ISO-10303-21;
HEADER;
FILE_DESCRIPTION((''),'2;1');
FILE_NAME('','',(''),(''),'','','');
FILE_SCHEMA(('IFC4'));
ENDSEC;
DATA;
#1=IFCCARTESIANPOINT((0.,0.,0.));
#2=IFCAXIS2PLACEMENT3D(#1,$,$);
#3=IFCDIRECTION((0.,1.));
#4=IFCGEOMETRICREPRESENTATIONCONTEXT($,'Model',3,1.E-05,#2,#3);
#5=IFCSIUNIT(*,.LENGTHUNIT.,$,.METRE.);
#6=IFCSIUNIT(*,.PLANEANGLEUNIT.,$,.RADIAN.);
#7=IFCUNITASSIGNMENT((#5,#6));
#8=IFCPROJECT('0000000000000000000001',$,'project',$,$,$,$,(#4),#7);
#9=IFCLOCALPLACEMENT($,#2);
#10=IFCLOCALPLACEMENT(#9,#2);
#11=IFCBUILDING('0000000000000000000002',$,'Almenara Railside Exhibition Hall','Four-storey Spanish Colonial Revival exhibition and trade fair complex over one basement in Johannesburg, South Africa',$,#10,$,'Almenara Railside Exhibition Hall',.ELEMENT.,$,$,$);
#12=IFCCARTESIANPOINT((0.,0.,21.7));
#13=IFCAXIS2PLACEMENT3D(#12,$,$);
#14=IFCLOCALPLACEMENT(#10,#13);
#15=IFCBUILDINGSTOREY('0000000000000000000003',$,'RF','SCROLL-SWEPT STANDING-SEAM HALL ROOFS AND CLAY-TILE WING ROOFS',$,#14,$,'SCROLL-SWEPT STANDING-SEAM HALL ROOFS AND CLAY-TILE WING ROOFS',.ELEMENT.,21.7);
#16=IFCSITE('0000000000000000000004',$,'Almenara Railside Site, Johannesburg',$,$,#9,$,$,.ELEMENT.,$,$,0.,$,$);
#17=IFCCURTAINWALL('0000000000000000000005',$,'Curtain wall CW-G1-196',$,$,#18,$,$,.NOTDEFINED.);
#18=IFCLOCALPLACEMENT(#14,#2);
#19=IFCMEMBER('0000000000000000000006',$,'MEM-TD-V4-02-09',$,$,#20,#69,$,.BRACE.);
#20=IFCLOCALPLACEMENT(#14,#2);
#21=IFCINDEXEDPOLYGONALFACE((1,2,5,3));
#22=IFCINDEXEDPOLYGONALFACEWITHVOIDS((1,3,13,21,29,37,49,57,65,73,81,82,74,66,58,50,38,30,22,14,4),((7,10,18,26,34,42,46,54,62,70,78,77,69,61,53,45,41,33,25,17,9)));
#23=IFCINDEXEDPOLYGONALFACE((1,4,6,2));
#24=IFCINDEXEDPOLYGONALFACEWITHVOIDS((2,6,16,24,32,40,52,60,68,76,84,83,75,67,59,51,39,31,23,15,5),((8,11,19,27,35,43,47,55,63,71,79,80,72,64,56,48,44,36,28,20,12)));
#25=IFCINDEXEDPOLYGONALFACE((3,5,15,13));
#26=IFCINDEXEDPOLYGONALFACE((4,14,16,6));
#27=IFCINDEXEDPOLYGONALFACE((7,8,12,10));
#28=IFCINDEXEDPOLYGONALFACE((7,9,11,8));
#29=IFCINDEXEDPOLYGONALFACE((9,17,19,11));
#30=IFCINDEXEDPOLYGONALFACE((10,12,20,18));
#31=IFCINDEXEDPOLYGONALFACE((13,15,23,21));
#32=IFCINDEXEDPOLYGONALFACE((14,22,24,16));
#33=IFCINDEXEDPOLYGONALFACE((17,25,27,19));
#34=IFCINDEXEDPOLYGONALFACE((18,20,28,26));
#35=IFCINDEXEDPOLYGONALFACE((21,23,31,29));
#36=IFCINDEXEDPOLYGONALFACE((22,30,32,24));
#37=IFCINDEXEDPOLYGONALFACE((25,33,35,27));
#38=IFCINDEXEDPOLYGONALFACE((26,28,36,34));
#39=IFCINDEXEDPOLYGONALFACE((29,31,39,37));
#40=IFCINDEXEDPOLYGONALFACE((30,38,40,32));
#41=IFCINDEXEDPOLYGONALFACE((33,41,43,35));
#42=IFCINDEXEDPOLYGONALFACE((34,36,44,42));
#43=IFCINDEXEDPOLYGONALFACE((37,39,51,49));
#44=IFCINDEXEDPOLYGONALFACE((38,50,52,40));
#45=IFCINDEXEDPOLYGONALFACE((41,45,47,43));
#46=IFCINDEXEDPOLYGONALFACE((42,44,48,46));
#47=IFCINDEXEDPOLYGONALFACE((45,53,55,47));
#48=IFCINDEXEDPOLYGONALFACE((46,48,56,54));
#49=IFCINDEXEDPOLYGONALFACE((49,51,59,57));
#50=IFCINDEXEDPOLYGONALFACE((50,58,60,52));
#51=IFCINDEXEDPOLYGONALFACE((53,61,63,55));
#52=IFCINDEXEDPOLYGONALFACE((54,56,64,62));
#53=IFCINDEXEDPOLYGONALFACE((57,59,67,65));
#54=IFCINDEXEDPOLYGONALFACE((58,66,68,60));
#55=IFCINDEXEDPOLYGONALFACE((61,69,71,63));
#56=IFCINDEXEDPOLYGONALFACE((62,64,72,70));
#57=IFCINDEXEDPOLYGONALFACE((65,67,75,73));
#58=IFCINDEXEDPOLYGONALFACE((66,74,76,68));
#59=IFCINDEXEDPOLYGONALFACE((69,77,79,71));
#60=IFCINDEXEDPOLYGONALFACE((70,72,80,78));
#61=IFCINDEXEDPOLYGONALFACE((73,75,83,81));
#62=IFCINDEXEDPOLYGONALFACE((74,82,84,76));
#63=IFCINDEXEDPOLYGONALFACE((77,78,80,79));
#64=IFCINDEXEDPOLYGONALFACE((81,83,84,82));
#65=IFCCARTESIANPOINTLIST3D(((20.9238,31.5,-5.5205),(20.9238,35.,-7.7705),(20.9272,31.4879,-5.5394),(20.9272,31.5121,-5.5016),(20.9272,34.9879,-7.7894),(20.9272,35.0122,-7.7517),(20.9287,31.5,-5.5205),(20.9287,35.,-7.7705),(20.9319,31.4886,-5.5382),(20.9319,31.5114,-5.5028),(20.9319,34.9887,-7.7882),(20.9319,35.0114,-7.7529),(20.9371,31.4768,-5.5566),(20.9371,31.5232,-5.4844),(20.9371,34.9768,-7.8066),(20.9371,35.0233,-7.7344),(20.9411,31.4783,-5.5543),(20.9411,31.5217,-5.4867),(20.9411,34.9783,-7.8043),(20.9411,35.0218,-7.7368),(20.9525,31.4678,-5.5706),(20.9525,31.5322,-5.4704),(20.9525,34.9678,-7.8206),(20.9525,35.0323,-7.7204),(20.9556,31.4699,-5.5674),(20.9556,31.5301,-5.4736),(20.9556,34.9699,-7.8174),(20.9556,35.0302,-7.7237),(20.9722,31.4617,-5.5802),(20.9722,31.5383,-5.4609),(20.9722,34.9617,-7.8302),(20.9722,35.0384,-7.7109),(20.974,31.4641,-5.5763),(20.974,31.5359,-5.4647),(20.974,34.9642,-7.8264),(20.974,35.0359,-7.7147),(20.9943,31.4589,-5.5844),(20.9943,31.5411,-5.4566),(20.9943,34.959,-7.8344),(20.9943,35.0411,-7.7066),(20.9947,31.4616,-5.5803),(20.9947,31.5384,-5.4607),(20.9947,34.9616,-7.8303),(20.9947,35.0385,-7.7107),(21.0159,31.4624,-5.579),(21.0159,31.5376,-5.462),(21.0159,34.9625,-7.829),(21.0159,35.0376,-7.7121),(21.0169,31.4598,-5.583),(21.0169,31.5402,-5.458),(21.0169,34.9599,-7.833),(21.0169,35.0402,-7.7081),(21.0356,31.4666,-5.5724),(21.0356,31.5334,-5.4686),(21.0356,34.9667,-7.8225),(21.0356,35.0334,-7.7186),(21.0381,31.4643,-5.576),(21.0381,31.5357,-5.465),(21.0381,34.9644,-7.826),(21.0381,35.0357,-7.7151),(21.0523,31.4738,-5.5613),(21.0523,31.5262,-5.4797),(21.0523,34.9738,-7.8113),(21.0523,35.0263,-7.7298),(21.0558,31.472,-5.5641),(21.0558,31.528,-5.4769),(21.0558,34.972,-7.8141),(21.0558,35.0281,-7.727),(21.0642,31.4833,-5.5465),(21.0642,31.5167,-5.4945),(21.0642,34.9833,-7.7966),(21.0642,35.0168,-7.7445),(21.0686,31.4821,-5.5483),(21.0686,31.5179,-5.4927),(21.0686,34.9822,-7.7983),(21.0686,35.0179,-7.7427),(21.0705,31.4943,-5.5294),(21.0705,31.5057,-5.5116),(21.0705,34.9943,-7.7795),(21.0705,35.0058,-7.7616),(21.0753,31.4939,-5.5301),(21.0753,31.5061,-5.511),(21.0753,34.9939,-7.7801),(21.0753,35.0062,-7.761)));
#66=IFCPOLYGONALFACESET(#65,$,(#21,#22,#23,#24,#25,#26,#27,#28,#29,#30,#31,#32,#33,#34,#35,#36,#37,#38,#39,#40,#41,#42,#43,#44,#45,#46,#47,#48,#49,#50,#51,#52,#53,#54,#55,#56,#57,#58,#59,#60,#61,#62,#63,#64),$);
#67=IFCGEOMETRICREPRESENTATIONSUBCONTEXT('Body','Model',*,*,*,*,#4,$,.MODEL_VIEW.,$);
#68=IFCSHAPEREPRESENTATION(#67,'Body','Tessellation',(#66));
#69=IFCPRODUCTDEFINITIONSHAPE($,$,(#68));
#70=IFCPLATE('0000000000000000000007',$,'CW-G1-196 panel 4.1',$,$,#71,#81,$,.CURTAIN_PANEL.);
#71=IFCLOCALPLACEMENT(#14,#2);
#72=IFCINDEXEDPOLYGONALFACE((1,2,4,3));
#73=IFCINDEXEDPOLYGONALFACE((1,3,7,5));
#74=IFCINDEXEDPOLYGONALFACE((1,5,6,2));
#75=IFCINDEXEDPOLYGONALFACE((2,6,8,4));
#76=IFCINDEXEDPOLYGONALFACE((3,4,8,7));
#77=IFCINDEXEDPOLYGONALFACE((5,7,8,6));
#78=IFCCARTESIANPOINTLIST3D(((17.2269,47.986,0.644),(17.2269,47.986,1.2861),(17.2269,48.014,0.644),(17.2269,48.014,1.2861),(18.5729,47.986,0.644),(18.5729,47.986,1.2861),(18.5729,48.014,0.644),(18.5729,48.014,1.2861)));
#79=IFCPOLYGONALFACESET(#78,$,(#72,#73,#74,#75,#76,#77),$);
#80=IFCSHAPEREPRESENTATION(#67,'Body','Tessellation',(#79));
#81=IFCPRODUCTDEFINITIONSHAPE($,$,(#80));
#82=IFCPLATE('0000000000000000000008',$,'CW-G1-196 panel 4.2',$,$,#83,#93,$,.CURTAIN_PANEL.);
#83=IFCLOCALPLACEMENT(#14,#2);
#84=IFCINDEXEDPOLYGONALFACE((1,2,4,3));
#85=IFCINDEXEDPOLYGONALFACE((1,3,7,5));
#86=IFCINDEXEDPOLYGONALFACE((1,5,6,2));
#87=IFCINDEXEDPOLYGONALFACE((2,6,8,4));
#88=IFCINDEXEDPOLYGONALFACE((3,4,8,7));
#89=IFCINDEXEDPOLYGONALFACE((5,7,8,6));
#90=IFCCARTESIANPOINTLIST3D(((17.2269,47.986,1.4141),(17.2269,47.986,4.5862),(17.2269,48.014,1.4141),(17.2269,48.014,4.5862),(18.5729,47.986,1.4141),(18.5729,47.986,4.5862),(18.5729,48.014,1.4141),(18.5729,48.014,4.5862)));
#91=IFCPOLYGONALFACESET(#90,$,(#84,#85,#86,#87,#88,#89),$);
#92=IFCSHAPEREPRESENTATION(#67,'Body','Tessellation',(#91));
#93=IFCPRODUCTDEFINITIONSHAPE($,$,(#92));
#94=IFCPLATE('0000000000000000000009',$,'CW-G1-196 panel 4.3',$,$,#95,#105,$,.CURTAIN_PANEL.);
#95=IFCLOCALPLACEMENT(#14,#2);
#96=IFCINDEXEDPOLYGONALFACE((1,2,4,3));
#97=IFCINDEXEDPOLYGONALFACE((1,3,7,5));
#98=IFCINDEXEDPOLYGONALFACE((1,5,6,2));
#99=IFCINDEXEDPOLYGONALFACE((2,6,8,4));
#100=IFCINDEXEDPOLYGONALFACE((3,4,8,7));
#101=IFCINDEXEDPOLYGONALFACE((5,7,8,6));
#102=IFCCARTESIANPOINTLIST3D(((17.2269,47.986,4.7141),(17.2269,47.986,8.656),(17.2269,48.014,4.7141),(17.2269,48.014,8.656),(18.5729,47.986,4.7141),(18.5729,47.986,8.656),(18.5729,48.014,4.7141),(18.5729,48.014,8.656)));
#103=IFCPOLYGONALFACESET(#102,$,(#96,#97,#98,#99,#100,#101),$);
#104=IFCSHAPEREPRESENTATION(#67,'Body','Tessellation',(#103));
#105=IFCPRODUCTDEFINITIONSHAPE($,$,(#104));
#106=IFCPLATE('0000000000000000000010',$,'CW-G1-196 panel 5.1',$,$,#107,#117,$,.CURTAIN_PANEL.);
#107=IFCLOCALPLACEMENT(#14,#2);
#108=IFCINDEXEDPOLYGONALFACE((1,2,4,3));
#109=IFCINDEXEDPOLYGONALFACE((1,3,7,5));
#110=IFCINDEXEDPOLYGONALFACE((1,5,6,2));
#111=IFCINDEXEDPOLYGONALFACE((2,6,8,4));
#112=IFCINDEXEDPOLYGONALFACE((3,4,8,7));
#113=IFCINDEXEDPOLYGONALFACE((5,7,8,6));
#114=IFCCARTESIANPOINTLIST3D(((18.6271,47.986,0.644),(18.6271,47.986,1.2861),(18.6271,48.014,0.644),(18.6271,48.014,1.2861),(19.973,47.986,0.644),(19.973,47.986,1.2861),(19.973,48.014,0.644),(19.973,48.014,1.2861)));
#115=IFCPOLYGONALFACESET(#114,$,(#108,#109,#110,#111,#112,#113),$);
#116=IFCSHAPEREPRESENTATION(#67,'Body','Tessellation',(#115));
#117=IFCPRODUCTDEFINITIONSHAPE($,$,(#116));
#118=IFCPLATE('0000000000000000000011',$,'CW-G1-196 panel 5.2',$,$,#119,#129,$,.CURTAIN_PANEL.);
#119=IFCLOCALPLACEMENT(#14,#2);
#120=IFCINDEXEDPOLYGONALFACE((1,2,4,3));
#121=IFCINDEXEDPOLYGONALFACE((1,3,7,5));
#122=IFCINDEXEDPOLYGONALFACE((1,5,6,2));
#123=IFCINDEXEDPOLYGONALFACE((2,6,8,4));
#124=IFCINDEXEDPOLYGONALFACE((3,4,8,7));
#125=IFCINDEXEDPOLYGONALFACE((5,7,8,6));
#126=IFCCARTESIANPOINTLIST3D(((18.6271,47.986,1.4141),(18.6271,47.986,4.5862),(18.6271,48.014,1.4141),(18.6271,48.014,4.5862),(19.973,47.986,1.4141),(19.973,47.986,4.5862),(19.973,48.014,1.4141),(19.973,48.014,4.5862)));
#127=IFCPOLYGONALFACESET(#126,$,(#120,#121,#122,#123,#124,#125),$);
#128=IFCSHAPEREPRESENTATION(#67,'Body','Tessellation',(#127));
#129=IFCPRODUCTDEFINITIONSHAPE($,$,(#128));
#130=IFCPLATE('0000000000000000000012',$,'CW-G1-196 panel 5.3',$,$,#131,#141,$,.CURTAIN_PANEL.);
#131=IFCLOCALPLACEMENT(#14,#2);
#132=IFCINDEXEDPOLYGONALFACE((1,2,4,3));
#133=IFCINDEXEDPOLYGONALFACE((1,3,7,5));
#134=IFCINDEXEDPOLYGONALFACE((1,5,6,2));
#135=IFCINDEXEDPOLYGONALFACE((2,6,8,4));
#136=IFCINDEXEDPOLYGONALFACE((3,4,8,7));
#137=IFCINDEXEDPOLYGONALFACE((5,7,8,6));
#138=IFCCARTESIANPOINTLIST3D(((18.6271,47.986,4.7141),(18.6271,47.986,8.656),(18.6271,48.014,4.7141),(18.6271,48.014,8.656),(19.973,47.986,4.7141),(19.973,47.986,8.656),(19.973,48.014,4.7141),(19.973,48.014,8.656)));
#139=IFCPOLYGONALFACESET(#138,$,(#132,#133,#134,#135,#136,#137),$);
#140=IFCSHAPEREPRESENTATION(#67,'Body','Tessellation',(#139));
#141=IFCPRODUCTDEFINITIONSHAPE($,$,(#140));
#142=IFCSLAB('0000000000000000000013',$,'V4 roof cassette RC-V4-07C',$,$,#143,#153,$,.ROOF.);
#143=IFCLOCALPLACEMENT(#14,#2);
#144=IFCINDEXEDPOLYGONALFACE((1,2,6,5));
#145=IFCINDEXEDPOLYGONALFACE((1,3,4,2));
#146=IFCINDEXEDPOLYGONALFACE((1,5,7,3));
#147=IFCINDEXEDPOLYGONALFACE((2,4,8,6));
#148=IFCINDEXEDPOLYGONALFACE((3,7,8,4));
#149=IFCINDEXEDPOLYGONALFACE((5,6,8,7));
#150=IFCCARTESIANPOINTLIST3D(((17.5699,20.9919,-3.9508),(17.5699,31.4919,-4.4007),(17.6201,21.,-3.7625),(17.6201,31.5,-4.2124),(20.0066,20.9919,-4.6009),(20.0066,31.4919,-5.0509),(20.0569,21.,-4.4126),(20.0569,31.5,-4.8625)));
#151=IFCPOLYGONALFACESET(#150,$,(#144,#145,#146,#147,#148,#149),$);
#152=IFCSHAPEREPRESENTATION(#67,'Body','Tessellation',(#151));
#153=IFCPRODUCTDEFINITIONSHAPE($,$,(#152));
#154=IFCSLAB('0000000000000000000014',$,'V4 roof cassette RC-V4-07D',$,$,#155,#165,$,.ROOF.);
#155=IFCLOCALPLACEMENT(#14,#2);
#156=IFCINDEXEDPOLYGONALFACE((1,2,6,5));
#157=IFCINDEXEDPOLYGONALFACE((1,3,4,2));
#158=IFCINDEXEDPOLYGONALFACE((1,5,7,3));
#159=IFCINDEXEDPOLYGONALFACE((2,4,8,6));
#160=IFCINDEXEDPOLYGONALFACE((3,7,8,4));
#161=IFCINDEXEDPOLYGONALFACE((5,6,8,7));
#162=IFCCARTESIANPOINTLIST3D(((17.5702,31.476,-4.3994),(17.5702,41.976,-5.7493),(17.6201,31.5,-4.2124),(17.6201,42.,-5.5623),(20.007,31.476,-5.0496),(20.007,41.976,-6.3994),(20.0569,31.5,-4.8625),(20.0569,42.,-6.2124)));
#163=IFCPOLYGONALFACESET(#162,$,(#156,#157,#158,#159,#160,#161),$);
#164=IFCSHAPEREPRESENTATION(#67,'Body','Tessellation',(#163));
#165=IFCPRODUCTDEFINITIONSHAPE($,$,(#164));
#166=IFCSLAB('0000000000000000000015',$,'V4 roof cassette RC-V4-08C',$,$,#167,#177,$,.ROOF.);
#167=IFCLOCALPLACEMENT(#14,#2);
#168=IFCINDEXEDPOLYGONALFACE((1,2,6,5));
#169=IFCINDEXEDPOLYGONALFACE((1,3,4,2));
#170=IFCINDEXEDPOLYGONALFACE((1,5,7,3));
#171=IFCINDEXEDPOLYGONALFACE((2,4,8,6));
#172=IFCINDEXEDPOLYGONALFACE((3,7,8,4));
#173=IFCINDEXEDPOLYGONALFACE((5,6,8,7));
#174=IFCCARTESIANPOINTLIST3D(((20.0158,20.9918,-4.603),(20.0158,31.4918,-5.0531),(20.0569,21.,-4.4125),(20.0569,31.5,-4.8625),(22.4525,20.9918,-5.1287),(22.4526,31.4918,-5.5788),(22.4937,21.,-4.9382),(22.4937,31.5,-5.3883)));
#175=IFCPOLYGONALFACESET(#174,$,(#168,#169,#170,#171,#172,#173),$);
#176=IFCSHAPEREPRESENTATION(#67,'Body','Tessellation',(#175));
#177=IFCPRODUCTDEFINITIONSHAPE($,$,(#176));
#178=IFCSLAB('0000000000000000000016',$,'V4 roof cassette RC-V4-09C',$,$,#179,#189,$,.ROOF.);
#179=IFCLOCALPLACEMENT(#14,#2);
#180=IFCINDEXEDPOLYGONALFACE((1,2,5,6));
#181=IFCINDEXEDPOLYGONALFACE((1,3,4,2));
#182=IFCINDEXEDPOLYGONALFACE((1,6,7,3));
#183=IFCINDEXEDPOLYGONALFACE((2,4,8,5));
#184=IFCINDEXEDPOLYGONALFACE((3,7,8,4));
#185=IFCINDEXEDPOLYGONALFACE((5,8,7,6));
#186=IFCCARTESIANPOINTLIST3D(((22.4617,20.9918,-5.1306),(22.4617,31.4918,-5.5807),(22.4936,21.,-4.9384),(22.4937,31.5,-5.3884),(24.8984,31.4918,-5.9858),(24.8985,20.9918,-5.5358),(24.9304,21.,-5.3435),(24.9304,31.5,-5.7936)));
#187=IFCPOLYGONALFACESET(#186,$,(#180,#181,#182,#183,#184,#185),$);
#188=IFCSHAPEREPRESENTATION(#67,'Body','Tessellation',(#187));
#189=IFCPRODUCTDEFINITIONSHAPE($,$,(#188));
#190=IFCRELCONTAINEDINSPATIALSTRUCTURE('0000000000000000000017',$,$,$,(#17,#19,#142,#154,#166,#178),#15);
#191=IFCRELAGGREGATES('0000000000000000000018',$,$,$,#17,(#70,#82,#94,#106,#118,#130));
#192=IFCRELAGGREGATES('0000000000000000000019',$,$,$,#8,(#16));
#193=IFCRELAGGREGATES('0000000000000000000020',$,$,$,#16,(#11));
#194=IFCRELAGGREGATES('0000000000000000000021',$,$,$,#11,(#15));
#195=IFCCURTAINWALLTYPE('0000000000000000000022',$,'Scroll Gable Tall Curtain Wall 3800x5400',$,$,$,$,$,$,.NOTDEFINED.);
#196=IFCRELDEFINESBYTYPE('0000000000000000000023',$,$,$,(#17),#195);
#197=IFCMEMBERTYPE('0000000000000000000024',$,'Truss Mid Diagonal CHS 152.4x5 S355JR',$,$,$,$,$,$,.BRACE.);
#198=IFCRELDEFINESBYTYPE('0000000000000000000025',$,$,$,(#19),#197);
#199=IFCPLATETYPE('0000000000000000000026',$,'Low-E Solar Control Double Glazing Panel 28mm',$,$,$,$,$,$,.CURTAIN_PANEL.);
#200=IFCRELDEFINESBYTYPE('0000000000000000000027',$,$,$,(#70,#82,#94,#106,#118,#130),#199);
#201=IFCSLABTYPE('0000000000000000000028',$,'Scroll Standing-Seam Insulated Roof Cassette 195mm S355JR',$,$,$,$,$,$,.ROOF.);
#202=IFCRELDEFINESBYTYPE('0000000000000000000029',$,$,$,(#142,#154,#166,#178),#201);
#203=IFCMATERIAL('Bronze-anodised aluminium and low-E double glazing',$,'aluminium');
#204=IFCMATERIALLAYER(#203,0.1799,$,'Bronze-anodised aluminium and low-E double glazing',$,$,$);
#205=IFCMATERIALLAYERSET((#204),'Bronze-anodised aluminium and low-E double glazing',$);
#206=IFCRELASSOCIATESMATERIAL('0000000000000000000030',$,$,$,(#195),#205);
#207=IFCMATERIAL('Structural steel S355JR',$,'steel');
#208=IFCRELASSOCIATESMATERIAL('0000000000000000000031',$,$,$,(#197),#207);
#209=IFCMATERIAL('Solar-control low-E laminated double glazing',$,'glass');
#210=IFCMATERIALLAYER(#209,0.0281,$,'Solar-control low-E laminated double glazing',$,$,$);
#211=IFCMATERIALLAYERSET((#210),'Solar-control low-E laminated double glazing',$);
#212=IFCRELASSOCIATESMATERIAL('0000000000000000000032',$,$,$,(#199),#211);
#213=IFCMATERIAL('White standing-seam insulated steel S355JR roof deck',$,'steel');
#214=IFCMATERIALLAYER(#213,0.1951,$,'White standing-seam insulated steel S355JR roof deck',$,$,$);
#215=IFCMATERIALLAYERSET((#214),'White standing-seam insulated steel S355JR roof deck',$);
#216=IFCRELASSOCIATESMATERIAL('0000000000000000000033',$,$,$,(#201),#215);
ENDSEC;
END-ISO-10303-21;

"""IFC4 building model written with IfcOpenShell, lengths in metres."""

from ifc_helpers import new_model, si_unit, direction, frame, origin, origin_2d, place, context, subcontext, project, spatial, polyline, rectangle, hollow_circle, outline, extrude, material, layer, layer_set, material_profile, profile_set, type_object, element, aggregate, save


model = new_model("IFC4")

# Units and contexts
model_context = context("Model", 3, precision=1e-05, world=origin(), true_north=direction((0.0, 1.0)))
body_context = subcontext(model_context, "Body", "Model", "MODEL_VIEW")
ifc_project = project(units=[si_unit("LENGTHUNIT", "METRE"), si_unit("PLANEANGLEUNIT", "RADIAN")], contexts=[model_context])

# Site, building, storey
site_placement = place(None, origin())
site = spatial("IfcSite", under=ifc_project, at=site_placement, Name="Almenara Railside Site, Johannesburg", CompositionType="ELEMENT", RefElevation=0.0)
building_placement = place(site_placement, origin())
building = spatial("IfcBuilding", under=site, at=building_placement, Name="Almenara Railside Exhibition Hall", Description="Four-storey Spanish Colonial Revival exhibition and trade fair complex over one basement in Johannesburg, South Africa", LongName="Almenara Railside Exhibition Hall", CompositionType="ELEMENT")
storey_placement = place(building_placement, frame((0.0, 0.0, 21.7)))
storey = spatial("IfcBuildingStorey", under=building, at=storey_placement, Name="RF", Description="SCROLL-SWEPT STANDING-SEAM HALL ROOFS AND CLAY-TILE WING ROOFS", LongName="SCROLL-SWEPT STANDING-SEAM HALL ROOFS AND CLAY-TILE WING ROOFS", CompositionType="ELEMENT", Elevation=21.7)

# Curtain wall
ifc_material_1 = material(Name="Bronze-anodised aluminium and low-E double glazing", Category="aluminium")
ifc_layer_1 = layer(ifc_material_1, 0.1799, Name="Bronze-anodised aluminium and low-E double glazing")
ifc_layer_set_1 = layer_set([ifc_layer_1], Name="Bronze-anodised aluminium and low-E double glazing")
curtain_wall_type = type_object("IfcCurtainWallType", Name="Scroll Gable Tall Curtain Wall 3800x5400", PredefinedType="NOTDEFINED", material=ifc_layer_set_1)
curtain_wall_placement = place(storey_placement, origin())
curtain_wall = element("IfcCurtainWall", 1, at=curtain_wall_placement, inside=storey, type_object=curtain_wall_type, Name="Curtain wall CW-G1-196", PredefinedType="NOTDEFINED")

# Member
ifc_material_2 = material(Name="Structural steel S355JR", Category="steel")
ifc_material_profile_1 = material_profile(ifc_material_2, hollow_circle(Radius=0.0762, WallThickness=0.0049, at=origin_2d()), Name="CHS 152.4x5")
ifc_profile_set_1 = profile_set([ifc_material_profile_1], Name="Structural steel S355JR")
member_type_1 = type_object("IfcMemberType", Name="Truss Mid Diagonal CHS 152.4x5 S355JR", PredefinedType="BRACE", material=ifc_profile_set_1)
member_1_placement = place(storey_placement, frame((21.0, 31.5, -5.5205), z_axis=(0.0, 0.841178, -0.540758), x_axis=(-1.0, 0.0, 0.0)))
element("IfcMember", 2, at=member_1_placement, inside=storey, type_object=member_type_1, Name="MEM-TD-V4-02-09", PredefinedType="BRACE", context=body_context, shape_type="SweptSolid", body=[
    extrude(hollow_circle(Radius=0.0762, WallThickness=0.0049, at=origin_2d()), origin(), (0.0, 0.0, 1.0), 4.1609),
])

# Plates
ifc_material_3 = material(Name="Solar-control low-E laminated double glazing", Category="glass")
ifc_layer_2 = layer(ifc_material_3, 0.0281, Name="Solar-control low-E laminated double glazing")
ifc_layer_set_2 = layer_set([ifc_layer_2], Name="Solar-control low-E laminated double glazing")
plate_type_1 = type_object("IfcPlateType", Name="Low-E Solar Control Double Glazing Panel 28mm", PredefinedType="CURTAIN_PANEL", material=ifc_layer_set_2)
plate_1_placement = place(storey_placement, frame((17.8999, 48.0, 0.644), z_axis=(0.0, 0.0, 1.0), x_axis=(1.0, 0.0, 0.0)))
plate_1 = element("IfcPlate", 3, at=plate_1_placement, type_object=plate_type_1, Name="CW-G1-196 panel 4.1", PredefinedType="CURTAIN_PANEL", context=body_context, shape_type="SweptSolid", body=[
    extrude(rectangle(XDim=1.3459, YDim=0.0281, at=origin_2d()), origin(), (0.0, 0.0, 1.0), 0.6421),
])
plate_2_placement = place(storey_placement, frame((17.8999, 48.0, 1.4141), z_axis=(0.0, 0.0, 1.0), x_axis=(1.0, 0.0, 0.0)))
plate_2 = element("IfcPlate", 4, at=plate_2_placement, type_object=plate_type_1, Name="CW-G1-196 panel 4.2", PredefinedType="CURTAIN_PANEL", context=body_context, shape_type="SweptSolid", body=[
    extrude(rectangle(XDim=1.3459, YDim=0.0281, at=origin_2d()), origin(), (0.0, 0.0, 1.0), 3.1721),
])
plate_3_placement = place(storey_placement, frame((17.8999, 48.0, 4.7141), z_axis=(0.0, 0.0, 1.0), x_axis=(1.0, 0.0, 0.0)))
plate_3 = element("IfcPlate", 5, at=plate_3_placement, type_object=plate_type_1, Name="CW-G1-196 panel 4.3", PredefinedType="CURTAIN_PANEL", context=body_context, shape_type="SweptSolid", body=[
    extrude(rectangle(XDim=1.3459, YDim=0.0281, at=origin_2d()), origin(), (0.0, 0.0, 1.0), 3.9419),
])
plate_4_placement = place(storey_placement, frame((19.3, 48.0, 0.644), z_axis=(0.0, 0.0, 1.0), x_axis=(1.0, 0.0, 0.0)))
plate_4 = element("IfcPlate", 6, at=plate_4_placement, type_object=plate_type_1, Name="CW-G1-196 panel 5.1", PredefinedType="CURTAIN_PANEL", context=body_context, shape_type="SweptSolid", body=[
    extrude(rectangle(XDim=1.3459, YDim=0.0281, at=origin_2d()), origin(), (0.0, 0.0, 1.0), 0.6421),
])
plate_5_placement = place(storey_placement, frame((19.3, 48.0, 1.4141), z_axis=(0.0, 0.0, 1.0), x_axis=(1.0, 0.0, 0.0)))
plate_5 = element("IfcPlate", 7, at=plate_5_placement, type_object=plate_type_1, Name="CW-G1-196 panel 5.2", PredefinedType="CURTAIN_PANEL", context=body_context, shape_type="SweptSolid", body=[
    extrude(rectangle(XDim=1.3459, YDim=0.0281, at=origin_2d()), origin(), (0.0, 0.0, 1.0), 3.1721),
])
plate_6_placement = place(storey_placement, frame((19.3, 48.0, 4.7141), z_axis=(0.0, 0.0, 1.0), x_axis=(1.0, 0.0, 0.0)))
plate_6 = element("IfcPlate", 8, at=plate_6_placement, type_object=plate_type_1, Name="CW-G1-196 panel 5.3", PredefinedType="CURTAIN_PANEL", context=body_context, shape_type="SweptSolid", body=[
    extrude(rectangle(XDim=1.3459, YDim=0.0281, at=origin_2d()), origin(), (0.0, 0.0, 1.0), 3.9419),
])
aggregate(curtain_wall, [plate_1, plate_2, plate_3, plate_4, plate_5, plate_6])

# Slabs
ifc_material_4 = material(Name="White standing-seam insulated steel S355JR roof deck", Category="steel")
ifc_layer_3 = layer(ifc_material_4, 0.1951, Name="White standing-seam insulated steel S355JR roof deck")
ifc_layer_set_3 = layer_set([ifc_layer_3], Name="White standing-seam insulated steel S355JR roof deck")
slab_type = type_object("IfcSlabType", Name="Scroll Standing-Seam Insulated Roof Cassette 195mm S355JR", PredefinedType="ROOF", material=ifc_layer_set_3)
slab_1_placement = place(storey_placement, frame((17.6201, 31.5, -4.2124), z_axis=(0.257568, 0.041369, 0.965374), x_axis=(0.966201, 0.0, -0.257789)))
element("IfcSlab", 9, at=slab_1_placement, inside=storey, type_object=slab_type, Name="V4 roof cassette RC-V4-07C", PredefinedType="ROOF", context=body_context, shape_type="SweptSolid", body=[
    extrude(outline(polyline([(0.0, 0.0), (2.522, 0.0), (2.406, -10.509), (-0.116, -10.509), (0.0, 0.0)])), origin(), (0.0, 0.0, -1.0), 0.1951),
])
slab_2_placement = place(storey_placement, frame((17.6201, 42.0, -5.5623), z_axis=(0.255823, 0.123265, 0.958833), x_axis=(0.966201, 0.0, -0.257789)))
element("IfcSlab", 10, at=slab_2_placement, inside=storey, type_object=slab_type, Name="V4 roof cassette RC-V4-07D", PredefinedType="ROOF", context=body_context, shape_type="SweptSolid", body=[
    extrude(outline(polyline([(0.0, 0.0), (2.522, 0.0), (2.174, -10.5807), (-0.348, -10.5807), (0.0, 0.0)])), origin(), (0.0, 0.0, -1.0), 0.1951),
])
slab_3_placement = place(storey_placement, frame((20.0569, 31.5, -4.8625), z_axis=(0.210722, 0.041863, 0.976649), x_axis=(0.977506, 0.000002, -0.210907)))
element("IfcSlab", 11, at=slab_3_placement, inside=storey, type_object=slab_type, Name="V4 roof cassette RC-V4-08C", PredefinedType="ROOF", context=body_context, shape_type="SweptSolid", body=[
    extrude(outline(polyline([(0.0, 0.0), (2.4929, 0.0), (2.3979, -10.5092), (-0.0949, -10.5092), (0.0, 0.0)])), origin(), (0.0, 0.0, -1.0), 0.1951),
])
slab_4_placement = place(storey_placement, frame((22.4937, 31.5, -5.3884), z_axis=(0.163868, 0.042246, 0.985577), x_axis=(0.986458, -0.000002, -0.164014)))
element("IfcSlab", 12, at=slab_4_placement, inside=storey, type_object=slab_type, Name="V4 roof cassette RC-V4-09C", PredefinedType="ROOF", context=body_context, shape_type="SweptSolid", body=[
    extrude(outline(polyline([(0.0, 0.0), (2.4702, 0.0), (2.3964, -10.5094), (-0.0738, -10.5094), (0.0, 0.0)])), origin(), (0.0, 0.0, -1.0), 0.1951),
])

save(model, "model.ifc")
